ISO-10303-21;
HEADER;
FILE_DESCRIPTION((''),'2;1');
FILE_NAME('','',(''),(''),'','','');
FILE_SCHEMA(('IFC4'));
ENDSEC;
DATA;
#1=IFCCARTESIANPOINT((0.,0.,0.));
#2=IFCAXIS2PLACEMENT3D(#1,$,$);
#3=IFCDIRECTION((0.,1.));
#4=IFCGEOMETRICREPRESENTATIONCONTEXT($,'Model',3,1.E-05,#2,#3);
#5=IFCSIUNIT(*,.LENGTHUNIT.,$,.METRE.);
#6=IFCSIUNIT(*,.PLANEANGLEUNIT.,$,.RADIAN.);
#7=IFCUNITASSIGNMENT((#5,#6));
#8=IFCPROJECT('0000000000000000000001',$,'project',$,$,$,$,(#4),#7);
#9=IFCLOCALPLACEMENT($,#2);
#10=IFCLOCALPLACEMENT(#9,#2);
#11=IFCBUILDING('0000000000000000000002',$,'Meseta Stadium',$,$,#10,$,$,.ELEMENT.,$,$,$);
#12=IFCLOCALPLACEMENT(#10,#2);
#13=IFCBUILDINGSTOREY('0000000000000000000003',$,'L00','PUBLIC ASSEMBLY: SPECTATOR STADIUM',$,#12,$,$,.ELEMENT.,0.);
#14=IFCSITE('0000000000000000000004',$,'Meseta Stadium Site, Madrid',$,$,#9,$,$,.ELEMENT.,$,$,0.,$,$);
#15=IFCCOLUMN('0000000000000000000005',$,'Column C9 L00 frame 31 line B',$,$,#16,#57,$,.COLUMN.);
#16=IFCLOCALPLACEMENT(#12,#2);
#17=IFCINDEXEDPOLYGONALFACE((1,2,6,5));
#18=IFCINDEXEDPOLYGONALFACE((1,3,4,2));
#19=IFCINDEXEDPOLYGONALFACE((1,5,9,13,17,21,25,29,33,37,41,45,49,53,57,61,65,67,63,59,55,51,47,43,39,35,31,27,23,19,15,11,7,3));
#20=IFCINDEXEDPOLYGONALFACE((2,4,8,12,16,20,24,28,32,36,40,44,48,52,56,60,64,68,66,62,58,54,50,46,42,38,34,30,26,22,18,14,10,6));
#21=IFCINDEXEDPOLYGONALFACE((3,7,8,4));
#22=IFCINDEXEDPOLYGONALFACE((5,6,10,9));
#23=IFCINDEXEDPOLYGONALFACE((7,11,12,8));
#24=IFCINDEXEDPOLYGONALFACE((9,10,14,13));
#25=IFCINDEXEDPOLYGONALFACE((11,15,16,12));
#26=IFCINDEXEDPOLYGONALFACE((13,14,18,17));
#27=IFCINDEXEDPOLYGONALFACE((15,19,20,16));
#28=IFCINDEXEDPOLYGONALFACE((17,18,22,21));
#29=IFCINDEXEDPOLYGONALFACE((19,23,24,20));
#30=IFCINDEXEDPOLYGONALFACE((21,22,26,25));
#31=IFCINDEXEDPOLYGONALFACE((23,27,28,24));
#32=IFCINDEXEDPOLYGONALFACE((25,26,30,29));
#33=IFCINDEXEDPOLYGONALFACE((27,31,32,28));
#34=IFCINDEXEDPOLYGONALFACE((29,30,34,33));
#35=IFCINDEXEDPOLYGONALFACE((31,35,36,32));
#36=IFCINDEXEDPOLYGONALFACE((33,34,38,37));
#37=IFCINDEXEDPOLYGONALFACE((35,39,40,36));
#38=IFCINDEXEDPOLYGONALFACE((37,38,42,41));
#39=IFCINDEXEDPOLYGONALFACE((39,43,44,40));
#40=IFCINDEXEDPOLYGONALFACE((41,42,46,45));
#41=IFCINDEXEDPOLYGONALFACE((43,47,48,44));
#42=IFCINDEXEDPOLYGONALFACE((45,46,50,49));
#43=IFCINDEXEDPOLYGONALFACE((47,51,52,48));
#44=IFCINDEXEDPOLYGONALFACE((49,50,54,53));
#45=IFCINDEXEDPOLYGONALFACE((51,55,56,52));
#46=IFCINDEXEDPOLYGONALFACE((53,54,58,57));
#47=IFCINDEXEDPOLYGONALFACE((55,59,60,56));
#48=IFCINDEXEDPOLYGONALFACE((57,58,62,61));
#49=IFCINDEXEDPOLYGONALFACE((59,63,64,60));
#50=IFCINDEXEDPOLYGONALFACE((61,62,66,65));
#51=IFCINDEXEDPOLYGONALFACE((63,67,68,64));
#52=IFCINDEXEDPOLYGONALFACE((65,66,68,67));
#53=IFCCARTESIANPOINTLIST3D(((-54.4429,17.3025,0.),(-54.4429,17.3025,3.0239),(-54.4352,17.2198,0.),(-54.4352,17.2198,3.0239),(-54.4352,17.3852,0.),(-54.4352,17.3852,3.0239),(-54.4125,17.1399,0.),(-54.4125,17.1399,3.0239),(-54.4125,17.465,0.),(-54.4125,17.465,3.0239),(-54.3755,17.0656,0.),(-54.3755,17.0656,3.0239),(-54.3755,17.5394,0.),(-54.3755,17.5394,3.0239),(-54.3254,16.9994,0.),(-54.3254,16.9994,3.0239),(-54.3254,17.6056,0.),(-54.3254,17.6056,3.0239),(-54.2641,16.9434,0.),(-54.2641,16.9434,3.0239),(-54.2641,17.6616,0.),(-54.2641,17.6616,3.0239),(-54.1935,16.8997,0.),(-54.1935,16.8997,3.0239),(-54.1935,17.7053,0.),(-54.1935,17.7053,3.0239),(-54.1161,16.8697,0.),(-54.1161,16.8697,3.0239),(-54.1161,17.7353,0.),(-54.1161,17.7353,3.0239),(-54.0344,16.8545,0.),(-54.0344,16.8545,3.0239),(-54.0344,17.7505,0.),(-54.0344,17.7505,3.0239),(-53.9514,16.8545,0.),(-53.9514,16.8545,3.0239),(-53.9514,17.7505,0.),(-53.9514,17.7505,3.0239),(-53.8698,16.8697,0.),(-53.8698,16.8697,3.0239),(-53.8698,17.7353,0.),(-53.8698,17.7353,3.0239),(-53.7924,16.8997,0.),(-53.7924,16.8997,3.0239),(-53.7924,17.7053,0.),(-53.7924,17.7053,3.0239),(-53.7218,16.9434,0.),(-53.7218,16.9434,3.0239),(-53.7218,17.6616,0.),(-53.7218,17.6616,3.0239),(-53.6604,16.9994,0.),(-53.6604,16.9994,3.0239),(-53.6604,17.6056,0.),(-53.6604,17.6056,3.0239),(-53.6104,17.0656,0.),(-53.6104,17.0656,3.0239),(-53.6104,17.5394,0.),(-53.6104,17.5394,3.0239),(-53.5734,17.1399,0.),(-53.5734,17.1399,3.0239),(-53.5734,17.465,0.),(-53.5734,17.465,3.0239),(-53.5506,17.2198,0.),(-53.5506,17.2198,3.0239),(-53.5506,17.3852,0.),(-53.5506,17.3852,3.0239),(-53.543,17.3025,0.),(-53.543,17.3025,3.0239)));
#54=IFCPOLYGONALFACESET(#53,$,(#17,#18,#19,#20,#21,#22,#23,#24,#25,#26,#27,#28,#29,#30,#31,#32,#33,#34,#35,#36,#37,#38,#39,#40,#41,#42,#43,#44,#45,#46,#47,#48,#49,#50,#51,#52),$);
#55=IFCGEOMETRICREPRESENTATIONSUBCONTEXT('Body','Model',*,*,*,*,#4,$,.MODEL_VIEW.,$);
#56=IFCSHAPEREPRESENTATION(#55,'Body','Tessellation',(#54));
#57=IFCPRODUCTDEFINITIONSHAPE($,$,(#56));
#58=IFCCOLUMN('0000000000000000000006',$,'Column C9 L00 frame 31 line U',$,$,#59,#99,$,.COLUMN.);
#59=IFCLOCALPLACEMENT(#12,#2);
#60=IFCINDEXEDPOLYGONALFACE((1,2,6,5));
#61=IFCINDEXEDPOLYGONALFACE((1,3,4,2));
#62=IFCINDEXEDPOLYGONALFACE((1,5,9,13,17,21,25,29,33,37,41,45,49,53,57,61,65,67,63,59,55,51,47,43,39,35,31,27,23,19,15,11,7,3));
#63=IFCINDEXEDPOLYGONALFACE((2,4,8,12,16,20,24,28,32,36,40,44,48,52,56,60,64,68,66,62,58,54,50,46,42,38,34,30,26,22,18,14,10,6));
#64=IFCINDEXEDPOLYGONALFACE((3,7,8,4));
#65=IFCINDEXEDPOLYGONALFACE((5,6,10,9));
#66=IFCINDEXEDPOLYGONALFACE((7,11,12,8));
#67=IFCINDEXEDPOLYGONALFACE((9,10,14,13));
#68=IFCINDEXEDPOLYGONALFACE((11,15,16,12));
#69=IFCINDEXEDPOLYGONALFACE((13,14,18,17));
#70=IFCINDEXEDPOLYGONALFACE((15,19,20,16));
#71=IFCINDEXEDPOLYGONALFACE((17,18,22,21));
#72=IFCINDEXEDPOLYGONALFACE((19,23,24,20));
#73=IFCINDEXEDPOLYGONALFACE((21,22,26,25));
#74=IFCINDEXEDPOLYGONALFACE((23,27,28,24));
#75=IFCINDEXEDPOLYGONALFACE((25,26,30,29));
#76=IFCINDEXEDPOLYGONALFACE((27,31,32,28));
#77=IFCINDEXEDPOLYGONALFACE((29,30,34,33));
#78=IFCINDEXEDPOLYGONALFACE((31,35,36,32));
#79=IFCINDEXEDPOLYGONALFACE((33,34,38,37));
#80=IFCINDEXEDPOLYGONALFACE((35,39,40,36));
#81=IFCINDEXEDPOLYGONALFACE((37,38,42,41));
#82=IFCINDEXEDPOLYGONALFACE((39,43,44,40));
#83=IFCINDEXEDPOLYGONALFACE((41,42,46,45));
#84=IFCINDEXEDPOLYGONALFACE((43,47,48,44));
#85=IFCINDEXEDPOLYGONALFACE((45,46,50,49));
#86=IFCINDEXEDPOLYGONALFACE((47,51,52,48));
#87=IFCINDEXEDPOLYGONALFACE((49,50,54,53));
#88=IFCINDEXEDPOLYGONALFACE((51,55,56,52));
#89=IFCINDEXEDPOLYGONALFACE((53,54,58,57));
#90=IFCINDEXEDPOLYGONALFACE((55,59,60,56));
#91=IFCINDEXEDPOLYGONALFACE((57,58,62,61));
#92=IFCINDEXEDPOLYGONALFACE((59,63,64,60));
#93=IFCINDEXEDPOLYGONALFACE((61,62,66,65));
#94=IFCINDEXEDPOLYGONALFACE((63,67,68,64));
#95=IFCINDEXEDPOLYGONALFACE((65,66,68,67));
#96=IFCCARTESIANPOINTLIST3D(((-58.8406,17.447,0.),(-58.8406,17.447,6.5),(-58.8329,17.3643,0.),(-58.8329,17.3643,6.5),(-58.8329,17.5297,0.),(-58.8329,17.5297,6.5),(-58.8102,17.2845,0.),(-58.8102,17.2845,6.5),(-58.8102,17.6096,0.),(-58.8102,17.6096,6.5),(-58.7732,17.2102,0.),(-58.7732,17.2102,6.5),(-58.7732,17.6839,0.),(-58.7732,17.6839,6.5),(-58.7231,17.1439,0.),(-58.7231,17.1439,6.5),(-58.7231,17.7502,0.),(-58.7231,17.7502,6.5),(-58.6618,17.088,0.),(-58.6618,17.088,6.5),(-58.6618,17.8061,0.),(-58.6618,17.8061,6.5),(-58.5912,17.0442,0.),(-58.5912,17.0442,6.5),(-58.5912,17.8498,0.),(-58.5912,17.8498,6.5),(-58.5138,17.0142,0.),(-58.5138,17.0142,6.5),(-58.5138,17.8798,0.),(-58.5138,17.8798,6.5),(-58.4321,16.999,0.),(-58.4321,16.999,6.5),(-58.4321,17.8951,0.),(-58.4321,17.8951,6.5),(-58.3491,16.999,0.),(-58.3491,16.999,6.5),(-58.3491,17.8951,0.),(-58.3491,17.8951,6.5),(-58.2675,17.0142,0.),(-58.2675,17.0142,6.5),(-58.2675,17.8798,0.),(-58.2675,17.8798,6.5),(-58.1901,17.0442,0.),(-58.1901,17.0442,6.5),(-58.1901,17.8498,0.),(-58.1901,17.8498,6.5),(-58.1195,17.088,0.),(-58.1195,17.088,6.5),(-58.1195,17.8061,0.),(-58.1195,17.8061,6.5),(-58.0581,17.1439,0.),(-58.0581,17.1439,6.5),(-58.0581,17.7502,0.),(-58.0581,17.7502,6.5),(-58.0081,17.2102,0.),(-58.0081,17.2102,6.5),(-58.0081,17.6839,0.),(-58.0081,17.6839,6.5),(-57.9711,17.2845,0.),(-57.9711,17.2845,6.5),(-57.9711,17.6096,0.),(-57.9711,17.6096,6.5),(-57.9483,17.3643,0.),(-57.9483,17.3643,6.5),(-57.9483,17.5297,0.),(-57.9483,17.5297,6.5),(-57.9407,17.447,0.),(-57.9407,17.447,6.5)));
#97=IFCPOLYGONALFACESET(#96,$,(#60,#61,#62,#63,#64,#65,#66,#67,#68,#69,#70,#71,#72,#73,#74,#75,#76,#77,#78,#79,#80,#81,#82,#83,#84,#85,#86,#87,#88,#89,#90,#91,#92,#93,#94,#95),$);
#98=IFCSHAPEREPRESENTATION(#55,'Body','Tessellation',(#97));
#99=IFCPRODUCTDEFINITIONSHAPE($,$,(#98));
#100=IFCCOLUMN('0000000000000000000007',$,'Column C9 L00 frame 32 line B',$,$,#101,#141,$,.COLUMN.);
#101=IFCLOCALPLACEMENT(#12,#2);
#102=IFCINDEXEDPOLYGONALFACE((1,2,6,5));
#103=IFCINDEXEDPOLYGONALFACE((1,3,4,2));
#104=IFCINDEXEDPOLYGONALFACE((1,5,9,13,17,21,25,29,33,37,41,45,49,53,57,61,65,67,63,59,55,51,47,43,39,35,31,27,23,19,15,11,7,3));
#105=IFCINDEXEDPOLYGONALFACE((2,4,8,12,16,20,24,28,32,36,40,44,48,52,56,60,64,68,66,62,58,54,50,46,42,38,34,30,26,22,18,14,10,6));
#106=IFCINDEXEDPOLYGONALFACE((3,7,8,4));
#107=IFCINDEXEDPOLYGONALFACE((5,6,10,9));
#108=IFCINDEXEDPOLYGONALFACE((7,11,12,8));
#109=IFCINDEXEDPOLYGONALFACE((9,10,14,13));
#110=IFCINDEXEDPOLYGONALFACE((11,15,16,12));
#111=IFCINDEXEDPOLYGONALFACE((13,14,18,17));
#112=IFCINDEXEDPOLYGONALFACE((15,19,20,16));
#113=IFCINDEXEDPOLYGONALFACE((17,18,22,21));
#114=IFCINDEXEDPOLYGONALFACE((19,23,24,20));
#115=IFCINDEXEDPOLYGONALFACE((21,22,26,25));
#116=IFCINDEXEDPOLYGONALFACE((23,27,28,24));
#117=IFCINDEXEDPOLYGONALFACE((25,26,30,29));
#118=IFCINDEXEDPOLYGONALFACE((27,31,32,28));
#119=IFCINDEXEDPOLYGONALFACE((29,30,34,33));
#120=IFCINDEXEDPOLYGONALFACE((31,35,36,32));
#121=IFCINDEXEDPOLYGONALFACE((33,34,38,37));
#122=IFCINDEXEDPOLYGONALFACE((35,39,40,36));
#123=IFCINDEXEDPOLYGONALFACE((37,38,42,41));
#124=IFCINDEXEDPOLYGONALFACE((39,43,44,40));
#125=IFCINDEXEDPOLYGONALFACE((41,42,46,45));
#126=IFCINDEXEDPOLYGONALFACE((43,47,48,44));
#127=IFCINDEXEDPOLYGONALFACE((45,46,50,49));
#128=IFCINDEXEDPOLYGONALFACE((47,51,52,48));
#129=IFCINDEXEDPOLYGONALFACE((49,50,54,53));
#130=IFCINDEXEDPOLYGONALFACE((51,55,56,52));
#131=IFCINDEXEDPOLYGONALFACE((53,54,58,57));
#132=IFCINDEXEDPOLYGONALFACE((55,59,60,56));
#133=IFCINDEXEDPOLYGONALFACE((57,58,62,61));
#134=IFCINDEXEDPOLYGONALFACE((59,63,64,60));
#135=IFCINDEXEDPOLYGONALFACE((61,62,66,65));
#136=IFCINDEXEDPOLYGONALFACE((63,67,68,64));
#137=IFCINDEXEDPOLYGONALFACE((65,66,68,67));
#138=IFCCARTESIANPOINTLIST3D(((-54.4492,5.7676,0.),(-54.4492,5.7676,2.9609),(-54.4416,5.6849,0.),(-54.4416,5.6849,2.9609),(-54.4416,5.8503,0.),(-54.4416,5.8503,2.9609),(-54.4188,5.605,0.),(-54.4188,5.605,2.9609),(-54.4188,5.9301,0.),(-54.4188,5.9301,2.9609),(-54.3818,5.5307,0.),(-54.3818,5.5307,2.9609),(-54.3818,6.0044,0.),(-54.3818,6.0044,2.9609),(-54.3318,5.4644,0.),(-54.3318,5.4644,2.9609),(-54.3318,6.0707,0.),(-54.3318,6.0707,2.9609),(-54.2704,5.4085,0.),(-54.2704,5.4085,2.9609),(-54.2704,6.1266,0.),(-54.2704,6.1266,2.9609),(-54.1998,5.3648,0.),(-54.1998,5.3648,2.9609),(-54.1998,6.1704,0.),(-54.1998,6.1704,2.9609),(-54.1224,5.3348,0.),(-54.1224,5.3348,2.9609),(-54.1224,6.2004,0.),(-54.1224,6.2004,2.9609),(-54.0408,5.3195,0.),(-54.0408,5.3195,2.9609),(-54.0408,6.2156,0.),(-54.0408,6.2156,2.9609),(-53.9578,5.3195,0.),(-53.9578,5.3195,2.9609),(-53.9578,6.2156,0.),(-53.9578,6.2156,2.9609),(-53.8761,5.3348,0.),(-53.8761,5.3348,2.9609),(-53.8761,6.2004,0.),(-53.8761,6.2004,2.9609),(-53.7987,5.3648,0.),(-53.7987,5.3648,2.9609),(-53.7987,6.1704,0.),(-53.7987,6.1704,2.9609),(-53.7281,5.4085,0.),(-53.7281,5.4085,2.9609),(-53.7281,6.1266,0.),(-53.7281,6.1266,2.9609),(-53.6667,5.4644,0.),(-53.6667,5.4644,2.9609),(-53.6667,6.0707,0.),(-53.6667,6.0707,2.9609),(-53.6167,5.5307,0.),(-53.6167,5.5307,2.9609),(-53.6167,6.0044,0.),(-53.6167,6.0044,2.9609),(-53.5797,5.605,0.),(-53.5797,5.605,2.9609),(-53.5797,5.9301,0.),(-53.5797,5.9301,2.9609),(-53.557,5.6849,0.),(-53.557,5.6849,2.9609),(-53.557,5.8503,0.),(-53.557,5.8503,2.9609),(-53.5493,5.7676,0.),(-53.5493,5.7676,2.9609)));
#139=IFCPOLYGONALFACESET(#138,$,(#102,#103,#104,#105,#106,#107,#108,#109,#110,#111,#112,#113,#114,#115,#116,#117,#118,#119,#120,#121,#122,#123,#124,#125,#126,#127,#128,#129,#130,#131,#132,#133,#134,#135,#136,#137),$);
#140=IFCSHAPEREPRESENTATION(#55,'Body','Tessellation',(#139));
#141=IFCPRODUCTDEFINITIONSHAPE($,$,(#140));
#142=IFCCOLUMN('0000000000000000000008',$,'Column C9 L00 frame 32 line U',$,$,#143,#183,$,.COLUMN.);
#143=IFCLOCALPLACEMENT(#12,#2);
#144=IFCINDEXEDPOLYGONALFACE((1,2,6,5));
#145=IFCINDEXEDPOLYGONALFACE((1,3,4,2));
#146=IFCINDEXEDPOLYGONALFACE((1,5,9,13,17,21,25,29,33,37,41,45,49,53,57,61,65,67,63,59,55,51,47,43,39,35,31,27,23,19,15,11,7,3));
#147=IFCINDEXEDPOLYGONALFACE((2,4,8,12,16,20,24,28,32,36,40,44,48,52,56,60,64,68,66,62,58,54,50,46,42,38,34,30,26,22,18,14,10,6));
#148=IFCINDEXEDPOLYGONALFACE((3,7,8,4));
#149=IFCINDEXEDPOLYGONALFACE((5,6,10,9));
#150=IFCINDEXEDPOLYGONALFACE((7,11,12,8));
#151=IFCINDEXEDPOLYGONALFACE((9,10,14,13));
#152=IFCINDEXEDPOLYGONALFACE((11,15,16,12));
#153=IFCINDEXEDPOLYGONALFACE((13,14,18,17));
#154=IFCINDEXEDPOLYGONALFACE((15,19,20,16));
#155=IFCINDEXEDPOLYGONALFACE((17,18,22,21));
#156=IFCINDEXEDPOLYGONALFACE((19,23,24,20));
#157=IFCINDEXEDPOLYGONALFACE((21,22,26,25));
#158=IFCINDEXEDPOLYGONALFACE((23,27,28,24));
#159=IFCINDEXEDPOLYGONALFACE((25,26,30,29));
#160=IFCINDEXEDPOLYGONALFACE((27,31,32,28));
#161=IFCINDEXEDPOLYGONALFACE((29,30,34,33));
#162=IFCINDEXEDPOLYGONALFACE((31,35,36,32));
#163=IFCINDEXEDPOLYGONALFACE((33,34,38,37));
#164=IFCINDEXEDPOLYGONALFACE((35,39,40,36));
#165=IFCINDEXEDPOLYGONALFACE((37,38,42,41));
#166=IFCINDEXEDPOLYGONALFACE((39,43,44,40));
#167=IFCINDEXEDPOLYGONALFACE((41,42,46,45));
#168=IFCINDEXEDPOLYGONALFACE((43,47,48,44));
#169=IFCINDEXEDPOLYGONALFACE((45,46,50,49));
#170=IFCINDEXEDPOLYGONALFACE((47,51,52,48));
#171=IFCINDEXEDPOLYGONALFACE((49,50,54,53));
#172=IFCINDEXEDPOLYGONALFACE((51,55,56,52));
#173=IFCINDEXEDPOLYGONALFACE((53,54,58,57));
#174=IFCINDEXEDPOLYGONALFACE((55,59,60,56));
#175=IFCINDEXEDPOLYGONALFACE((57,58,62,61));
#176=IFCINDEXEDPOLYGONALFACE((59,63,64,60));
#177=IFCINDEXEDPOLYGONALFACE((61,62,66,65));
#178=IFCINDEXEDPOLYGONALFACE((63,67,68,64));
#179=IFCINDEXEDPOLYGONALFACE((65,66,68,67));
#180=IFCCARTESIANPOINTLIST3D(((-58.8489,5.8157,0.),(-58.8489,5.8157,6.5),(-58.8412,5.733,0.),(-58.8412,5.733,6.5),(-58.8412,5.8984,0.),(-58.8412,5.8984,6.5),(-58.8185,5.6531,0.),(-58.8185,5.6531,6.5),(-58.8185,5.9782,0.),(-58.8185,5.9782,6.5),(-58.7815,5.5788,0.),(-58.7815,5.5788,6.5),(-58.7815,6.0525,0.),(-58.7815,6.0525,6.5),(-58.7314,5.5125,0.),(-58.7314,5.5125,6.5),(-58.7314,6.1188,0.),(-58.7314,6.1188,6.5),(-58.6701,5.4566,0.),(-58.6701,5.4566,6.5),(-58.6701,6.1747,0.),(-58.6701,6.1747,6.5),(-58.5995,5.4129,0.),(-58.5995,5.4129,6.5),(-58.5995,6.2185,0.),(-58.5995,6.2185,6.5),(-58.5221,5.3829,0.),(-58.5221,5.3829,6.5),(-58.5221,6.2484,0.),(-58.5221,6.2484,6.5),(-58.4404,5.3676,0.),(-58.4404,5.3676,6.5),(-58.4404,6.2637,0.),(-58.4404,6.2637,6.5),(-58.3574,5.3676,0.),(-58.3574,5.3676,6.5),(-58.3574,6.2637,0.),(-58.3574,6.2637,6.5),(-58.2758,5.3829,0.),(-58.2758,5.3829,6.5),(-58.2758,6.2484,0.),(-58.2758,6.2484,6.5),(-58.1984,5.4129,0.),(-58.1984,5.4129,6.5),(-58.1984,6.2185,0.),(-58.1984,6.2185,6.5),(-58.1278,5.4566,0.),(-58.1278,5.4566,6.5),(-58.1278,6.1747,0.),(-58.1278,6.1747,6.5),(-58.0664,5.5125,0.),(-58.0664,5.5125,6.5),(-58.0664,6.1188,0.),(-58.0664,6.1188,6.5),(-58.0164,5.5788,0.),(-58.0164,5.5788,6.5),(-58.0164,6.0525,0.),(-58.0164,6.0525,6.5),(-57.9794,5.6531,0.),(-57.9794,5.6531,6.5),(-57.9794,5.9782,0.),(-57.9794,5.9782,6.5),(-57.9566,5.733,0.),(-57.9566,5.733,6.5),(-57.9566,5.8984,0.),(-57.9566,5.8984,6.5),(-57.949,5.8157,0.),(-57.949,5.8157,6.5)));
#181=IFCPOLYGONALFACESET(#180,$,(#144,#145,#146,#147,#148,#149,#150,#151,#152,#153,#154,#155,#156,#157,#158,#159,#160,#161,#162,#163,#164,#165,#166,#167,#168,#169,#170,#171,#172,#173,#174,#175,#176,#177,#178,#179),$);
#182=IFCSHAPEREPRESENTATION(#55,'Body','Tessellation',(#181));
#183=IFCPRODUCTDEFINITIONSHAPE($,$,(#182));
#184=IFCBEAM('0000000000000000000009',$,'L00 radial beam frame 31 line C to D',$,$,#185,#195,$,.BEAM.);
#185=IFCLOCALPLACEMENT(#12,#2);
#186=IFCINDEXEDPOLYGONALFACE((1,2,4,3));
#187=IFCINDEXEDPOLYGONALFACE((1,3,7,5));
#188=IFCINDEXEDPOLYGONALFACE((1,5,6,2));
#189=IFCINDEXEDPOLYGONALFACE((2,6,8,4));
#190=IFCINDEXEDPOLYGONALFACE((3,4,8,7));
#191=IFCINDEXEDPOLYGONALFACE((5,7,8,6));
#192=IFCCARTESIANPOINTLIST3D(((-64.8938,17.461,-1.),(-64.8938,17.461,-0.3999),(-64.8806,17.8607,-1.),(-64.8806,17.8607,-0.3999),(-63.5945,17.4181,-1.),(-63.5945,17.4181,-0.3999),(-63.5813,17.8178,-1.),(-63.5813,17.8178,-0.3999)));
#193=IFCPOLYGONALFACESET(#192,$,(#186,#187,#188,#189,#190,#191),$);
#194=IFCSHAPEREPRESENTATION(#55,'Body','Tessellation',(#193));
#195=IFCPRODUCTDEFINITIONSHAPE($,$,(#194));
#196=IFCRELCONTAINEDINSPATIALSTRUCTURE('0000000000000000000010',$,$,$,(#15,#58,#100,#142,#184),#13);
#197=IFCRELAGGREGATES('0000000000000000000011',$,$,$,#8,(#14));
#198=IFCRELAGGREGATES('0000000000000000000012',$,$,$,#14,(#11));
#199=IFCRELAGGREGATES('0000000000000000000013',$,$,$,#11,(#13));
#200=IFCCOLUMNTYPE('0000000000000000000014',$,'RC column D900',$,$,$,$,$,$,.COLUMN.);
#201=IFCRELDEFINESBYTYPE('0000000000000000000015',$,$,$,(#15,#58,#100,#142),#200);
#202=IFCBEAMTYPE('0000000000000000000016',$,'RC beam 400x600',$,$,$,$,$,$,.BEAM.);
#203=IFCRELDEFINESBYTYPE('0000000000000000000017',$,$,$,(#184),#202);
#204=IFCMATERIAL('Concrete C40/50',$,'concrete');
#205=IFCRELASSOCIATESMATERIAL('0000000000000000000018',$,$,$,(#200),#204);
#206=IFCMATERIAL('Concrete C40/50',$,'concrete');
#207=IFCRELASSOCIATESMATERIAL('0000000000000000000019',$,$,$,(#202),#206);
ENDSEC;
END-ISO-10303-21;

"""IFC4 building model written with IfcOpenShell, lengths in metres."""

from ifc_helpers import new_model, si_unit, direction, frame, origin, origin_2d, place, context, subcontext, project, spatial, rectangle, circle, extrude, material, material_profile, profile_set, type_object, element, save


model = new_model("IFC4")

# Units and contexts
model_context = context("Model", 3, precision=1e-05, world=origin(), true_north=direction((0.0, 1.0)))
body_context = subcontext(model_context, "Body", "Model", "MODEL_VIEW")
ifc_project = project(units=[si_unit("LENGTHUNIT", "METRE"), si_unit("PLANEANGLEUNIT", "RADIAN")], contexts=[model_context])

# Site, building, storey
site_placement = place(None, origin())
site = spatial("IfcSite", under=ifc_project, at=site_placement, Name="Meseta Stadium Site, Madrid", CompositionType="ELEMENT", RefElevation=0.0)
building_placement = place(site_placement, origin())
building = spatial("IfcBuilding", under=site, at=building_placement, Name="Meseta Stadium", CompositionType="ELEMENT")
storey_placement = place(building_placement, origin())
storey = spatial("IfcBuildingStorey", under=building, at=storey_placement, Name="L00", Description="PUBLIC ASSEMBLY: SPECTATOR STADIUM", CompositionType="ELEMENT", Elevation=0.0)

# Columns
ifc_material_1 = material(Name="Concrete C40/50", Category="concrete")
ifc_material_profile_1 = material_profile(ifc_material_1, circle(Radius=0.45, at=origin_2d()), Name="RC D900")
ifc_profile_set_1 = profile_set([ifc_material_profile_1], Name="Concrete C40/50")
column_type = type_object("IfcColumnType", Name="RC column D900", PredefinedType="COLUMN", material=ifc_profile_set_1)
column_1_placement = place(storey_placement, frame((-53.9929, 17.3025, 0.0), z_axis=(0.0, 0.0, 1.0), x_axis=(1.0, 0.0, 0.0)))
element("IfcColumn", 1, at=column_1_placement, inside=storey, type_object=column_type, Name="Column C9 L00 frame 31 line B", PredefinedType="COLUMN", context=body_context, shape_type="SweptSolid", body=[
    extrude(circle(Radius=0.45, at=origin_2d()), origin(), (0.0, 0.0, 1.0), 3.0239),
])
column_2_placement = place(storey_placement, frame((-58.3906, 17.447, 0.0), z_axis=(0.0, 0.0, 1.0), x_axis=(1.0, 0.0, 0.0)))
element("IfcColumn", 2, at=column_2_placement, inside=storey, type_object=column_type, Name="Column C9 L00 frame 31 line U", PredefinedType="COLUMN", context=body_context, shape_type="SweptSolid", body=[
    extrude(circle(Radius=0.45, at=origin_2d()), origin(), (0.0, 0.0, 1.0), 6.5),
])
column_3_placement = place(storey_placement, frame((-53.9993, 5.7676, 0.0), z_axis=(0.0, 0.0, 1.0), x_axis=(1.0, 0.0, 0.0)))
element("IfcColumn", 3, at=column_3_placement, inside=storey, type_object=column_type, Name="Column C9 L00 frame 32 line B", PredefinedType="COLUMN", context=body_context, shape_type="SweptSolid", body=[
    extrude(circle(Radius=0.45, at=origin_2d()), origin(), (0.0, 0.0, 1.0), 2.9609),
])
column_4_placement = place(storey_placement, frame((-58.3989, 5.8157, 0.0), z_axis=(0.0, 0.0, 1.0), x_axis=(1.0, 0.0, 0.0)))
element("IfcColumn", 4, at=column_4_placement, inside=storey, type_object=column_type, Name="Column C9 L00 frame 32 line U", PredefinedType="COLUMN", context=body_context, shape_type="SweptSolid", body=[
    extrude(circle(Radius=0.45, at=origin_2d()), origin(), (0.0, 0.0, 1.0), 6.5),
])

# Beam
ifc_material_2 = material(Name="Concrete C40/50", Category="concrete")
ifc_material_profile_2 = material_profile(ifc_material_2, rectangle(XDim=0.3999, YDim=0.6001, at=origin_2d()), Name="RC 400x600")
ifc_profile_set_2 = profile_set([ifc_material_profile_2], Name="Concrete C40/50")
beam_type_1 = type_object("IfcBeamType", Name="RC beam 400x600", PredefinedType="BEAM", material=ifc_profile_set_2)
beam_1_placement = place(storey_placement, frame((-63.5879, 17.6179, -0.7), z_axis=(-0.999454, 0.033052, 0.0), x_axis=(-0.033052, -0.999454, 0.0)))
element("IfcBeam", 5, at=beam_1_placement, inside=storey, type_object=beam_type_1, Name="L00 radial beam frame 31 line C to D", PredefinedType="BEAM", context=body_context, shape_type="SweptSolid", body=[
    extrude(rectangle(XDim=0.3999, YDim=0.6001, at=origin_2d()), origin(), (0.0, 0.0, 1.0), 1.3),
])

save(model, "model.ifc")
